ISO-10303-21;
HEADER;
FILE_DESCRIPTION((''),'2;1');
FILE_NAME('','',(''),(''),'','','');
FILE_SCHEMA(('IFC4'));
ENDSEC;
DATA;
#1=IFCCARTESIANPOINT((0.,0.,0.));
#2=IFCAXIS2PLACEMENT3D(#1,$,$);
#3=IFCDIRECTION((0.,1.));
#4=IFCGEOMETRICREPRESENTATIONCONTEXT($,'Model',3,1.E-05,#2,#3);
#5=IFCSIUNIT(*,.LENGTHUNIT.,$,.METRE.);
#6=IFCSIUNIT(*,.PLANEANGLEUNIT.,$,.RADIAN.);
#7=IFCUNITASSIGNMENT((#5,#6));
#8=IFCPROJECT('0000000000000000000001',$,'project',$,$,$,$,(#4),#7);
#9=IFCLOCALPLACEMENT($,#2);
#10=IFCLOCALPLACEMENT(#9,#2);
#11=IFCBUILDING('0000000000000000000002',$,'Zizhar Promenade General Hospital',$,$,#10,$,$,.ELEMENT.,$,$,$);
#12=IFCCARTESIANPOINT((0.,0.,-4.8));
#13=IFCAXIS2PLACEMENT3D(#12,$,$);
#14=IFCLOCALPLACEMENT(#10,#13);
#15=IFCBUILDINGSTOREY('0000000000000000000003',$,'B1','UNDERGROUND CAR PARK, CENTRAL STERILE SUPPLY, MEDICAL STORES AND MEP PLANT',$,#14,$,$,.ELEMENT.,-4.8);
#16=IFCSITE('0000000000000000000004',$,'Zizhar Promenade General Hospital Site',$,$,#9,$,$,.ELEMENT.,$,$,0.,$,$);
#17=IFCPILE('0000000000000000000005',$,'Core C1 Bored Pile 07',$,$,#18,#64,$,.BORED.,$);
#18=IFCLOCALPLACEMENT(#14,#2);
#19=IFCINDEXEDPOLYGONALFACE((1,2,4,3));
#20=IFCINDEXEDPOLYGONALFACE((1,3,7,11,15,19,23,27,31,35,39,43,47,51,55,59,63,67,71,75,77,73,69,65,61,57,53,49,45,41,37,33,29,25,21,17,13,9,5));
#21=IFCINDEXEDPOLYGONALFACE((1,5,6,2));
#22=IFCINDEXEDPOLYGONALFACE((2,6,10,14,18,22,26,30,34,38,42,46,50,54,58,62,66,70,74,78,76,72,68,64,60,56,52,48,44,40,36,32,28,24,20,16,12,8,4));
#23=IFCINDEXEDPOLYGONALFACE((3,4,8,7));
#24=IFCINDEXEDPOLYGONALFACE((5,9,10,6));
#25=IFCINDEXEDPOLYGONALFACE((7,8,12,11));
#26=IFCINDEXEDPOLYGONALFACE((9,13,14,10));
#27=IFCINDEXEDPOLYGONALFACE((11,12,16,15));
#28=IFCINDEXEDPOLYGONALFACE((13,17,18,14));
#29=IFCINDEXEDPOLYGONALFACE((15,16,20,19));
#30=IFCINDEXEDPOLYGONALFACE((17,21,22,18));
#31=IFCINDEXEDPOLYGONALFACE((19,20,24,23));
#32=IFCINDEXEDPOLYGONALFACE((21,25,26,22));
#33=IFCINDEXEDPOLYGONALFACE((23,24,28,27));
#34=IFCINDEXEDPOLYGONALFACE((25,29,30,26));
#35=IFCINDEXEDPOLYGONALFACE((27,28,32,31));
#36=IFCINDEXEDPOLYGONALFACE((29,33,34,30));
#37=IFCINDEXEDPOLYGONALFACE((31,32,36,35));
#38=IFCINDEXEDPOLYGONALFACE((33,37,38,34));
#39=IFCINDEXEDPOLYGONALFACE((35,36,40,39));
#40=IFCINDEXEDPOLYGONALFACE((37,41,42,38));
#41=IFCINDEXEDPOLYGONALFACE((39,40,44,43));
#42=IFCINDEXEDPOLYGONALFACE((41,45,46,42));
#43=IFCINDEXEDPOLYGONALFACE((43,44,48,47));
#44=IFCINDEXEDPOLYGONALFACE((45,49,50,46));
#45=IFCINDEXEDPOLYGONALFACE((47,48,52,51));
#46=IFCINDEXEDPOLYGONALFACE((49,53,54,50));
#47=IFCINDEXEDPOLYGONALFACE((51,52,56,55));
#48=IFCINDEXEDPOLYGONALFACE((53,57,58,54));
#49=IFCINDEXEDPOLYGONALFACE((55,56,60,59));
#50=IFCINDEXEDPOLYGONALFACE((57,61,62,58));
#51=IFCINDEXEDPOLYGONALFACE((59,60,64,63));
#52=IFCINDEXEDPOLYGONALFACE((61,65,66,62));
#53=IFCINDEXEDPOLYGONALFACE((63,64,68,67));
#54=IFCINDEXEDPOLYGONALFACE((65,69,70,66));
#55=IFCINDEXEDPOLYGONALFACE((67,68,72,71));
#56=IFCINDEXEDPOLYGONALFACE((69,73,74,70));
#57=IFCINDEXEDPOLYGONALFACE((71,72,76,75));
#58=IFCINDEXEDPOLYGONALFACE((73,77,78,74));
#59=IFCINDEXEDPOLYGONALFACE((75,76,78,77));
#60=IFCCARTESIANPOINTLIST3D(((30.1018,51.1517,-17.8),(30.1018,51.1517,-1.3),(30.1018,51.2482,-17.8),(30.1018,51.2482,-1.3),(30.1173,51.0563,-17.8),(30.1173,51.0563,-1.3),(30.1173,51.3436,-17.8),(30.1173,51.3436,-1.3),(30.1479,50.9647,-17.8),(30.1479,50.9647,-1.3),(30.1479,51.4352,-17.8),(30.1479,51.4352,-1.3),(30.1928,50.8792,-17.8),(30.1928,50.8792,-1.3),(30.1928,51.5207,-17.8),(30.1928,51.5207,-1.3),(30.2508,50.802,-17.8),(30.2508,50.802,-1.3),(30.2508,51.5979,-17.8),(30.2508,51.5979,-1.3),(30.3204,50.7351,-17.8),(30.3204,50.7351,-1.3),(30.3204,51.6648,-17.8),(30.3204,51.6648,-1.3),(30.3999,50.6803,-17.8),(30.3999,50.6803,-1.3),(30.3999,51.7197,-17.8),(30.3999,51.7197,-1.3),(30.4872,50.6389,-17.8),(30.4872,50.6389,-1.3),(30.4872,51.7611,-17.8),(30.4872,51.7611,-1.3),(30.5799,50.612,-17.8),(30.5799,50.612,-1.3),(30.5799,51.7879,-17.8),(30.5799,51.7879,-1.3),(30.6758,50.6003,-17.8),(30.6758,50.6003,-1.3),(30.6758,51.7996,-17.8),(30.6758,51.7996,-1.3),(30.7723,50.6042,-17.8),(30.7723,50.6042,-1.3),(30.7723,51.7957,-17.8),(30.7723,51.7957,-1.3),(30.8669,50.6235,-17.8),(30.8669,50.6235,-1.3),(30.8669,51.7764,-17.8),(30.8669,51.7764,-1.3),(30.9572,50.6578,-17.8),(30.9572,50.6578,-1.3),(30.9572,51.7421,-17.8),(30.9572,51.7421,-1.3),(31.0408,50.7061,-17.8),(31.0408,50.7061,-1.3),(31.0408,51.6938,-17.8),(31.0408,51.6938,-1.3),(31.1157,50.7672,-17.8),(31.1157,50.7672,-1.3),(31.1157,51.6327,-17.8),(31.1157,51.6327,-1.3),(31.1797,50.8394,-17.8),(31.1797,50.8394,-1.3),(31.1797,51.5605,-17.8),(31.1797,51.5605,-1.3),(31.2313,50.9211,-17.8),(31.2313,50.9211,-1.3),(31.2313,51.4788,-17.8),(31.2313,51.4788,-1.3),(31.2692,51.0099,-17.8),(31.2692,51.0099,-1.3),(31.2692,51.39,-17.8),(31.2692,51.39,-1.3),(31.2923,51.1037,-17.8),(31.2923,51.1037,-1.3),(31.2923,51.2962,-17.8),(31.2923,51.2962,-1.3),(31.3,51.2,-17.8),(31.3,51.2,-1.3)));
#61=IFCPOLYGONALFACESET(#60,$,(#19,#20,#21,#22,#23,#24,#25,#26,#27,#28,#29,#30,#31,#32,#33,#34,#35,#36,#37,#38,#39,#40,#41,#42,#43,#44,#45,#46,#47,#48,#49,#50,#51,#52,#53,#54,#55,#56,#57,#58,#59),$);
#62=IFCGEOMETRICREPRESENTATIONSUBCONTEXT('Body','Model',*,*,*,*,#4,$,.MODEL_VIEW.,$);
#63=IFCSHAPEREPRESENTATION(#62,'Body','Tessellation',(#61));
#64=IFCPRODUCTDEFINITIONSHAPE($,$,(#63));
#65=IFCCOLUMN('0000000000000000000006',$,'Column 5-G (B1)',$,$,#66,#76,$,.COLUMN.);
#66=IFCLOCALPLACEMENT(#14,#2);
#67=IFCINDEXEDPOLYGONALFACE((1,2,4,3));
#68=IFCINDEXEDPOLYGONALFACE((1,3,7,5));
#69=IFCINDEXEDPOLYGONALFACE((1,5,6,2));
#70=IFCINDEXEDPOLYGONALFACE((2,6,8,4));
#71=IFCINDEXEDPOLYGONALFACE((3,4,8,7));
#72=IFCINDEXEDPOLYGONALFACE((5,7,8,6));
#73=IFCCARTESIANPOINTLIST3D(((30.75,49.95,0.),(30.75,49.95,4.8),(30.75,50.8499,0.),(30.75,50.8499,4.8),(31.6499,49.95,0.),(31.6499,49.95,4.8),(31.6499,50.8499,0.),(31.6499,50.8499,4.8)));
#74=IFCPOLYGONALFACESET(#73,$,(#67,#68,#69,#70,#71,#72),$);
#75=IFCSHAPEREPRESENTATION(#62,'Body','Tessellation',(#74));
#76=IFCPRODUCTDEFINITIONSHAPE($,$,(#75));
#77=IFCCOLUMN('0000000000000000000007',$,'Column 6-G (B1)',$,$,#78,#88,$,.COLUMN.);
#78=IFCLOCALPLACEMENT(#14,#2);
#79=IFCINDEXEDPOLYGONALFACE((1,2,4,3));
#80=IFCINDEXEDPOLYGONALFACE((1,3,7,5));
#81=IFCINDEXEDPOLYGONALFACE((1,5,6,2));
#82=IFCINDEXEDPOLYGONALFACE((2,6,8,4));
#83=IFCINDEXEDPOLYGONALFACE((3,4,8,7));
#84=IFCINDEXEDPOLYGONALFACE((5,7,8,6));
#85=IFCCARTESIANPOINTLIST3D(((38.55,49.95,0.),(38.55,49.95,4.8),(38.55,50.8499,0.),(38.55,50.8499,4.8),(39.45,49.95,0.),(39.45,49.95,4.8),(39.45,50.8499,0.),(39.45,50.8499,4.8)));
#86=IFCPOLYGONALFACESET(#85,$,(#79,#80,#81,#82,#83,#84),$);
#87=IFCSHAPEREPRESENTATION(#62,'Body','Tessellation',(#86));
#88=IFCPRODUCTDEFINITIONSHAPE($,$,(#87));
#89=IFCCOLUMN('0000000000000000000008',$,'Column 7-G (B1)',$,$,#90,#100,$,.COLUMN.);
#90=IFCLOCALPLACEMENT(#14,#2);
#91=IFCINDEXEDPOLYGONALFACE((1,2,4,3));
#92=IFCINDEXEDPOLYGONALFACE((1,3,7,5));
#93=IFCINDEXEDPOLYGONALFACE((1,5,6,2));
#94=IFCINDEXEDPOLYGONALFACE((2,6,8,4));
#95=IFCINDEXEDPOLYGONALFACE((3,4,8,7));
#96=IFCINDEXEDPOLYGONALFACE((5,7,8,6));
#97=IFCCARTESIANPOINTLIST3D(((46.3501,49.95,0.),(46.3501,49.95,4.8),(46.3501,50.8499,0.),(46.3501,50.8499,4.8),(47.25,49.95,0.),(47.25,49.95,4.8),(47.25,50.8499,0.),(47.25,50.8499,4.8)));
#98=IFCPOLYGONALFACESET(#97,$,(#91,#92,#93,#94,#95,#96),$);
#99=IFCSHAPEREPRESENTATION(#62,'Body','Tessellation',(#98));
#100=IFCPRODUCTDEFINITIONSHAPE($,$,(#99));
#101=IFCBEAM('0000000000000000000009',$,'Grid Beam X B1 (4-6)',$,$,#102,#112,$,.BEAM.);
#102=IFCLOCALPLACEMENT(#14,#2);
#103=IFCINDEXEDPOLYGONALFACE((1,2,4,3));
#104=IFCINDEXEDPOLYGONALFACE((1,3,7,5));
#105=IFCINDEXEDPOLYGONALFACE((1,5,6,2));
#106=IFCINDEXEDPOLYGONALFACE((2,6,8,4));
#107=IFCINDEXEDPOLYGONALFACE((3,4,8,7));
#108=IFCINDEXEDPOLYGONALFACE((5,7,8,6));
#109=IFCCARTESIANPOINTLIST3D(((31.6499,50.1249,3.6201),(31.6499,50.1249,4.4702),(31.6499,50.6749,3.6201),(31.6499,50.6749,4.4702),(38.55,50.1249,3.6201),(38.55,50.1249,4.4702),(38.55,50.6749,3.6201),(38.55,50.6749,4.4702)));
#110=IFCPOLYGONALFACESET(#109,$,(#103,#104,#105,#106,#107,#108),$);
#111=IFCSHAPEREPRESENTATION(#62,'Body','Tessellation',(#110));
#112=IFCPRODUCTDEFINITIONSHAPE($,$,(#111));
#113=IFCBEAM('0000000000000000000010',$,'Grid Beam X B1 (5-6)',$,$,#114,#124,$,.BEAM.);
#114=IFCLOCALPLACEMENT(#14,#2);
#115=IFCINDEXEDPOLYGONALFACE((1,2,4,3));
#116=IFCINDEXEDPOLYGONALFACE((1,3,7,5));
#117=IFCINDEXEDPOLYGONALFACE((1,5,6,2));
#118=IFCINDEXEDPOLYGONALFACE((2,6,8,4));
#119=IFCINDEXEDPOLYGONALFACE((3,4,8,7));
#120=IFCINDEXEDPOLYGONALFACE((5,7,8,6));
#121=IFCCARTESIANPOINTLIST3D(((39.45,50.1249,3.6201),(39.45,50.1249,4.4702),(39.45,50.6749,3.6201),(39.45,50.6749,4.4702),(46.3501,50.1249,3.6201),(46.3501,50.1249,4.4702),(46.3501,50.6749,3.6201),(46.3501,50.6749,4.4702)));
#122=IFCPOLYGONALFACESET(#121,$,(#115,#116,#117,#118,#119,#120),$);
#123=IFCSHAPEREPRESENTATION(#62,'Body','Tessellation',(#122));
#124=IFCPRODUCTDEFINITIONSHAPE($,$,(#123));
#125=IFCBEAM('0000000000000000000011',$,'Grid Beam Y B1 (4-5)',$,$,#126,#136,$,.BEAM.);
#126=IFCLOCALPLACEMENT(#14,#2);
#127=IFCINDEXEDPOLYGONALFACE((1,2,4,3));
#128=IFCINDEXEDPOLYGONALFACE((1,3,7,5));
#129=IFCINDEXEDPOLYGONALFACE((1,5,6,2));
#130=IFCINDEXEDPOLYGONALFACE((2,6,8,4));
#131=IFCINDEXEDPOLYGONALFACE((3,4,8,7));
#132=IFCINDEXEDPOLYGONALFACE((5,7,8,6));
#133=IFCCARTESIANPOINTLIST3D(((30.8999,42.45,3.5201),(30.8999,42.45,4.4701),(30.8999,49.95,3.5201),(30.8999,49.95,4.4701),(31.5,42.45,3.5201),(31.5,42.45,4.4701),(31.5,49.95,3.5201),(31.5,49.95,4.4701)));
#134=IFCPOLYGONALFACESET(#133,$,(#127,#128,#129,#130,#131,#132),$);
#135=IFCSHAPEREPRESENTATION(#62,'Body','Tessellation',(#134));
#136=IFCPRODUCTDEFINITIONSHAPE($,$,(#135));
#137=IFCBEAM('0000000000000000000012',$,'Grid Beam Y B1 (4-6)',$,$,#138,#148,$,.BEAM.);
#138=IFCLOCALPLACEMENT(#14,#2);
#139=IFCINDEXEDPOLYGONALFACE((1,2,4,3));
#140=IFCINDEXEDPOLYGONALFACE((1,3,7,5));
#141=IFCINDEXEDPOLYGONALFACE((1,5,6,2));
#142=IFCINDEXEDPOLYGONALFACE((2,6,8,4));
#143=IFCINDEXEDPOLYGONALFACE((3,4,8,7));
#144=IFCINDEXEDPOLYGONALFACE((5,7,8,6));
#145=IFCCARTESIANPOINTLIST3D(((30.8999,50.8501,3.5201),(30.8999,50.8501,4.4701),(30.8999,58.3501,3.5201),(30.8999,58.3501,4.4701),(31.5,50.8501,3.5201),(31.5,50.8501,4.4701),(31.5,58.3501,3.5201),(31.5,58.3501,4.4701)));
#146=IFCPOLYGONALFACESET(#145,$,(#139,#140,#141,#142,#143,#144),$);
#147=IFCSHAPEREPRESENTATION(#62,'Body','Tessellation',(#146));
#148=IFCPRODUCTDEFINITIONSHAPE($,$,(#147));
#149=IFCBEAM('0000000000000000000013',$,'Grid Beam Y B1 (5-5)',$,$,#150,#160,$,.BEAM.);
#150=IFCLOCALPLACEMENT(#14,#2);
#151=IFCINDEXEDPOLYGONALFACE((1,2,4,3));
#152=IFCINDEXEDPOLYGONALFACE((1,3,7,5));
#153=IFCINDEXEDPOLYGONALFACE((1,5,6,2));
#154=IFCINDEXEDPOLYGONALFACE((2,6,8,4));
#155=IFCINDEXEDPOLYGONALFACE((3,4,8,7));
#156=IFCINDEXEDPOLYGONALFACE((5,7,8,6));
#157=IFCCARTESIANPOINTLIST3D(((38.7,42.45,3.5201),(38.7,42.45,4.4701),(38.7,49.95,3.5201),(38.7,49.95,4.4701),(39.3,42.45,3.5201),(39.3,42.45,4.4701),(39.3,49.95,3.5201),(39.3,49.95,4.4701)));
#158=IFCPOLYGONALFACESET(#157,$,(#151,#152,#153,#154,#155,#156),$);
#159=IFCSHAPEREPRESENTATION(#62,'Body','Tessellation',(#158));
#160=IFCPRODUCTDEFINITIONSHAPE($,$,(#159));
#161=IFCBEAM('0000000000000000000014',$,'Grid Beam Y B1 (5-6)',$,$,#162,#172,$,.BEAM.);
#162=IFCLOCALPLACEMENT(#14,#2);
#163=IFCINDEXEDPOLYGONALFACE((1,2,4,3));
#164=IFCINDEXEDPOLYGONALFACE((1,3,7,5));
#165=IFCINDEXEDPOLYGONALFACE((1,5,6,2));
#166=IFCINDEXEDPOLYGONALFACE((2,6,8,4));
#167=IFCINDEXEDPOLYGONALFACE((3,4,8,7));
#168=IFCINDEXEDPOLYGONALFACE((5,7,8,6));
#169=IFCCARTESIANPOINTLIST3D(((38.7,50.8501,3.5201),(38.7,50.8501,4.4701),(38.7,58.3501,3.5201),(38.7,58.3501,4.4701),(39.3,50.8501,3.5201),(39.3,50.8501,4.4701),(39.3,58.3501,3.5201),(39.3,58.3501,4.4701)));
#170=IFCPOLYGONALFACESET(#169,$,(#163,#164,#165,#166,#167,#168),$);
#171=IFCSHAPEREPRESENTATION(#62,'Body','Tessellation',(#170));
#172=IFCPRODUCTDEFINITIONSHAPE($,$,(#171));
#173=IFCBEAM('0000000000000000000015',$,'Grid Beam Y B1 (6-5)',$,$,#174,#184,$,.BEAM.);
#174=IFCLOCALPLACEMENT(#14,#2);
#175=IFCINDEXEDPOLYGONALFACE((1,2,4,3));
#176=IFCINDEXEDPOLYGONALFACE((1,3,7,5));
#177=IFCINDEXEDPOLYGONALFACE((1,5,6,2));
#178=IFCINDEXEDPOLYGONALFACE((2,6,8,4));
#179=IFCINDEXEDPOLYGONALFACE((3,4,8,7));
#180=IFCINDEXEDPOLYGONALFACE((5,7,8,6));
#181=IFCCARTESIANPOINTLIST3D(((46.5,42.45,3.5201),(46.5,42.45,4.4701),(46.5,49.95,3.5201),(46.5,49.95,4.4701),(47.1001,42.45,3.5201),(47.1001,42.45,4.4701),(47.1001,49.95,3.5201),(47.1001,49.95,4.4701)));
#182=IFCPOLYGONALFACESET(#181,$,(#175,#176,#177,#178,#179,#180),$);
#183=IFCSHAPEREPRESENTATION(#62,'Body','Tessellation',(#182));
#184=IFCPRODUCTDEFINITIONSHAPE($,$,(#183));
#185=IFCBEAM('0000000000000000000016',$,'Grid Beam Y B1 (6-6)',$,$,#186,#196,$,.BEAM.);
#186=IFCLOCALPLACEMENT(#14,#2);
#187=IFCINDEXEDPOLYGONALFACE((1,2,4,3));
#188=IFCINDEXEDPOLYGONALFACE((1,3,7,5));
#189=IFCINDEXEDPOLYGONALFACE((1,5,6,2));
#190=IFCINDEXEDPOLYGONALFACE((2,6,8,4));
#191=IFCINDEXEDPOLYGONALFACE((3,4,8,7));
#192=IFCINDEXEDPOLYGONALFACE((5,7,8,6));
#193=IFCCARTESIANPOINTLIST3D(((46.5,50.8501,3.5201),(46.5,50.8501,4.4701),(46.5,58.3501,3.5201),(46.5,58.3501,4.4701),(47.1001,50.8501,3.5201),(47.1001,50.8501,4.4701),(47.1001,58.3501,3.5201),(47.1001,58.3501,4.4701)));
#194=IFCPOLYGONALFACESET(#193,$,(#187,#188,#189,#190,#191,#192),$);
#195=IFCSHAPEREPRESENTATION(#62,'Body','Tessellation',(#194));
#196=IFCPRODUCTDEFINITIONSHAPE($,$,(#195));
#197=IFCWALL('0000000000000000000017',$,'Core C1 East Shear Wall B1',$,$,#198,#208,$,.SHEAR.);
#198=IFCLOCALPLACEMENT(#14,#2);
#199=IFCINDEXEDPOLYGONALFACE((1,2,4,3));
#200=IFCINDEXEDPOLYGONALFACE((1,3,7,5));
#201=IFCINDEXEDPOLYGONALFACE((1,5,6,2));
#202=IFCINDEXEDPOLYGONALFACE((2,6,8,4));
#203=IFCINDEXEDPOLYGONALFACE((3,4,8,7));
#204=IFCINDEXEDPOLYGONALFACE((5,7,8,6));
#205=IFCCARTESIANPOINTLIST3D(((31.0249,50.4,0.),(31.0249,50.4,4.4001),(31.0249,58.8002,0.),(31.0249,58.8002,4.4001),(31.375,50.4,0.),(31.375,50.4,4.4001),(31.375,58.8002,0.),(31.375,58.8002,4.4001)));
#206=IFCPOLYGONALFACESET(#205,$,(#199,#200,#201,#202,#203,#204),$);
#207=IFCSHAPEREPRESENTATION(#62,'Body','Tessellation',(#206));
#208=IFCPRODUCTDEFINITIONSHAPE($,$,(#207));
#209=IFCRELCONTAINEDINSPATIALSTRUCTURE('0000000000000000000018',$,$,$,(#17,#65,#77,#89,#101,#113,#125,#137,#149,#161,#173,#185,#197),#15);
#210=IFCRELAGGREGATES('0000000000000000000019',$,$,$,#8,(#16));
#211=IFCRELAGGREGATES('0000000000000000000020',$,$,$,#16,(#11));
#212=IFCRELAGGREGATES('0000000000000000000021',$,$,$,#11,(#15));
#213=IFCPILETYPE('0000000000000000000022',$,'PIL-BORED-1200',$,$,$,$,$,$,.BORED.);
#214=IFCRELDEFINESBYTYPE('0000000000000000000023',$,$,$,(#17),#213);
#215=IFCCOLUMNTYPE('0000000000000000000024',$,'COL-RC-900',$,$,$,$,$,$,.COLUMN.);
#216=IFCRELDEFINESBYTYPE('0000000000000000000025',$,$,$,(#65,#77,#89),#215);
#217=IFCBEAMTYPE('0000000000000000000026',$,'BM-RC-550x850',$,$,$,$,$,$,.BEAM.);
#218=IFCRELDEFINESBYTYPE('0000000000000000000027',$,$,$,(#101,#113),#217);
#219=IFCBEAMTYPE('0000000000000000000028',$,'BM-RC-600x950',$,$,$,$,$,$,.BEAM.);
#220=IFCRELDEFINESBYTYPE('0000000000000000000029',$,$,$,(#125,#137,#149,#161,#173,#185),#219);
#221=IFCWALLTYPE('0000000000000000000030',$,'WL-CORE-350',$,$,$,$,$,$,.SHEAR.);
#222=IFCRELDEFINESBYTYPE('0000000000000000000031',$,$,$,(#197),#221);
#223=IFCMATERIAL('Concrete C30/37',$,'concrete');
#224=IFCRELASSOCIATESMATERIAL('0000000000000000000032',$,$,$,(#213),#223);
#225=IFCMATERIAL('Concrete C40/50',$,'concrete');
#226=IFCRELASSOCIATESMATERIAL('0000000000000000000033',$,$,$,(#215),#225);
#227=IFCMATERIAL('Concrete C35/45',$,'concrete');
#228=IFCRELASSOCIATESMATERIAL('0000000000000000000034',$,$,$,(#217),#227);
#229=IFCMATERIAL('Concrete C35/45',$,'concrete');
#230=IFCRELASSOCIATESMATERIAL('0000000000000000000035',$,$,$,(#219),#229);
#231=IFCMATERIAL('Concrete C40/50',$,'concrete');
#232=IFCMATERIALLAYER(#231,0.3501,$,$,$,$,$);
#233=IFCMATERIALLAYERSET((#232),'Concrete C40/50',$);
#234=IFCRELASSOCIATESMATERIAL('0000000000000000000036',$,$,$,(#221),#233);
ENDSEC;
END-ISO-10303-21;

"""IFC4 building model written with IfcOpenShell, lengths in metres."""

from ifc_helpers import new_model, si_unit, direction, frame, frame_2d, origin, origin_2d, place, context, subcontext, project, spatial, rectangle, circle, extrude, material, layer, layer_set, material_profile, profile_set, type_object, element, save


model = new_model("IFC4")

# Units and contexts
model_context = context("Model", 3, precision=1e-05, world=origin(), true_north=direction((0.0, 1.0)))
body_context = subcontext(model_context, "Body", "Model", "MODEL_VIEW")
ifc_project = project(units=[si_unit("LENGTHUNIT", "METRE"), si_unit("PLANEANGLEUNIT", "RADIAN")], contexts=[model_context])

# Site, building, storey
site_placement = place(None, origin())
site = spatial("IfcSite", under=ifc_project, at=site_placement, Name="Zizhar Promenade General Hospital Site", CompositionType="ELEMENT", RefElevation=0.0)
building_placement = place(site_placement, origin())
building = spatial("IfcBuilding", under=site, at=building_placement, Name="Zizhar Promenade General Hospital", CompositionType="ELEMENT")
storey_placement = place(building_placement, frame((0.0, 0.0, -4.8)))
storey = spatial("IfcBuildingStorey", under=building, at=storey_placement, Name="B1", Description="UNDERGROUND CAR PARK, CENTRAL STERILE SUPPLY, MEDICAL STORES AND MEP PLANT", CompositionType="ELEMENT", Elevation=-4.8)

# Pile
ifc_material_1 = material(Name="Concrete C30/37", Category="concrete")
ifc_material_profile_1 = material_profile(ifc_material_1, circle(Radius=0.6001, at=origin_2d()))
ifc_profile_set_1 = profile_set([ifc_material_profile_1], Name="Concrete C30/37")
pile_type_1 = type_object("IfcPileType", Name="PIL-BORED-1200", PredefinedType="BORED", material=ifc_profile_set_1)
pile_placement = place(storey_placement, frame((30.7, 51.2, -1.3), z_axis=(0.0, 0.0, -1.0), x_axis=(1.0, 0.0, 0.0)))
element("IfcPile", 1, at=pile_placement, inside=storey, type_object=pile_type_1, Name="Core C1 Bored Pile 07", PredefinedType="BORED", context=body_context, shape_type="SweptSolid", body=[
    extrude(circle(Radius=0.6001, at=origin_2d()), origin(), (0.0, 0.0, 1.0), 16.5),
])

# Columns
ifc_material_2 = material(Name="Concrete C40/50", Category="concrete")
ifc_material_profile_2 = material_profile(ifc_material_2, rectangle(XDim=0.8999, YDim=0.8999, at=origin_2d()))
ifc_profile_set_2 = profile_set([ifc_material_profile_2], Name="Concrete C40/50")
column_type = type_object("IfcColumnType", Name="COL-RC-900", PredefinedType="COLUMN", material=ifc_profile_set_2)
for number, where, z_axis, x_axis, name in (
    (2, (31.2, 50.3999, 0.0), (0.0, 0.0, 1.0), (1.0, 0.0, 0.0), "Column 5-G (B1)"),
    (3, (39.0, 50.3999, 0.0), (0.0, 0.0, 1.0), (1.0, 0.0, 0.0), "Column 6-G (B1)"),
    (4, (46.8, 50.3999, 0.0), (0.0, 0.0, 1.0), (1.0, 0.0, 0.0), "Column 7-G (B1)"),
):
    element("IfcColumn", number, at=place(storey_placement, frame(where, z_axis=z_axis, x_axis=x_axis)), inside=storey, type_object=column_type, Name=name, PredefinedType="COLUMN", context=body_context, shape_type="SweptSolid", body=[
        extrude(rectangle(XDim=0.8999, YDim=0.8999, at=origin_2d()), origin(), (0.0, 0.0, 1.0), 4.8),
    ])

# Beams
ifc_material_3 = material(Name="Concrete C35/45", Category="concrete")
ifc_material_profile_3 = material_profile(ifc_material_3, rectangle(XDim=0.55, YDim=0.8501, at=origin_2d()))
ifc_profile_set_3 = profile_set([ifc_material_profile_3], Name="Concrete C35/45")
beam_type_1 = type_object("IfcBeamType", Name="BM-RC-550x850", PredefinedType="BEAM", material=ifc_profile_set_3)
for number, where, z_axis, x_axis, name in (
    (5, (31.6499, 50.3999, 4.0452), (1.0, 0.0, 0.0), (0.0, 1.0, 0.0), "Grid Beam X B1 (4-6)"),
    (6, (39.45, 50.3999, 4.0452), (1.0, 0.0, 0.0), (0.0, 1.0, 0.0), "Grid Beam X B1 (5-6)"),
):
    element("IfcBeam", number, at=place(storey_placement, frame(where, z_axis=z_axis, x_axis=x_axis)), inside=storey, type_object=beam_type_1, Name=name, PredefinedType="BEAM", context=body_context, shape_type="SweptSolid", body=[
        extrude(rectangle(XDim=0.55, YDim=0.8501, at=origin_2d()), origin(), (0.0, 0.0, 1.0), 6.9001),
    ])
ifc_material_4 = material(Name="Concrete C35/45", Category="concrete")
ifc_material_profile_4 = material_profile(ifc_material_4, rectangle(XDim=0.6001, YDim=0.95, at=origin_2d()))
ifc_profile_set_4 = profile_set([ifc_material_profile_4], Name="Concrete C35/45")
beam_type_2 = type_object("IfcBeamType", Name="BM-RC-600x950", PredefinedType="BEAM", material=ifc_profile_set_4)
for number, where, z_axis, x_axis, name in (
    (7, (31.2, 42.45, 3.9951), (0.0, 1.0, 0.0), (-1.0, 0.0, 0.0), "Grid Beam Y B1 (4-5)"),
    (8, (31.2, 50.8501, 3.9951), (0.0, 1.0, 0.0), (-1.0, 0.0, 0.0), "Grid Beam Y B1 (4-6)"),
    (9, (39.0, 42.45, 3.9951), (0.0, 1.0, 0.0), (-1.0, 0.0, 0.0), "Grid Beam Y B1 (5-5)"),
    (10, (39.0, 50.8501, 3.9951), (0.0, 1.0, 0.0), (-1.0, 0.0, 0.0), "Grid Beam Y B1 (5-6)"),
    (11, (46.8, 42.45, 3.9951), (0.0, 1.0, 0.0), (-1.0, 0.0, 0.0), "Grid Beam Y B1 (6-5)"),
    (12, (46.8, 50.8501, 3.9951), (0.0, 1.0, 0.0), (-1.0, 0.0, 0.0), "Grid Beam Y B1 (6-6)"),
):
    element("IfcBeam", number, at=place(storey_placement, frame(where, z_axis=z_axis, x_axis=x_axis)), inside=storey, type_object=beam_type_2, Name=name, PredefinedType="BEAM", context=body_context, shape_type="SweptSolid", body=[
        extrude(rectangle(XDim=0.6001, YDim=0.95, at=origin_2d()), origin(), (0.0, 0.0, 1.0), 7.5),
    ])

# Wall
ifc_material_5 = material(Name="Concrete C40/50", Category="concrete")
ifc_layer = layer(ifc_material_5, 0.3501)
ifc_layer_set = layer_set([ifc_layer], Name="Concrete C40/50")
wall_type = type_object("IfcWallType", Name="WL-CORE-350", PredefinedType="SHEAR", material=ifc_layer_set)
wall_placement = place(storey_placement, frame((31.2, 50.3999, 0.0), z_axis=(0.0, 0.0, 1.0), x_axis=(0.0, 1.0, 0.0)))
element("IfcWall", 13, at=wall_placement, inside=storey, type_object=wall_type, Name="Core C1 East Shear Wall B1", PredefinedType="SHEAR", context=body_context, shape_type="SweptSolid", body=[
    extrude(rectangle(XDim=8.4001, YDim=0.3501, at=frame_2d((4.2002, 0.0))), origin(), (0.0, 0.0, 1.0), 4.4001),
])

save(model, "model.ifc")
